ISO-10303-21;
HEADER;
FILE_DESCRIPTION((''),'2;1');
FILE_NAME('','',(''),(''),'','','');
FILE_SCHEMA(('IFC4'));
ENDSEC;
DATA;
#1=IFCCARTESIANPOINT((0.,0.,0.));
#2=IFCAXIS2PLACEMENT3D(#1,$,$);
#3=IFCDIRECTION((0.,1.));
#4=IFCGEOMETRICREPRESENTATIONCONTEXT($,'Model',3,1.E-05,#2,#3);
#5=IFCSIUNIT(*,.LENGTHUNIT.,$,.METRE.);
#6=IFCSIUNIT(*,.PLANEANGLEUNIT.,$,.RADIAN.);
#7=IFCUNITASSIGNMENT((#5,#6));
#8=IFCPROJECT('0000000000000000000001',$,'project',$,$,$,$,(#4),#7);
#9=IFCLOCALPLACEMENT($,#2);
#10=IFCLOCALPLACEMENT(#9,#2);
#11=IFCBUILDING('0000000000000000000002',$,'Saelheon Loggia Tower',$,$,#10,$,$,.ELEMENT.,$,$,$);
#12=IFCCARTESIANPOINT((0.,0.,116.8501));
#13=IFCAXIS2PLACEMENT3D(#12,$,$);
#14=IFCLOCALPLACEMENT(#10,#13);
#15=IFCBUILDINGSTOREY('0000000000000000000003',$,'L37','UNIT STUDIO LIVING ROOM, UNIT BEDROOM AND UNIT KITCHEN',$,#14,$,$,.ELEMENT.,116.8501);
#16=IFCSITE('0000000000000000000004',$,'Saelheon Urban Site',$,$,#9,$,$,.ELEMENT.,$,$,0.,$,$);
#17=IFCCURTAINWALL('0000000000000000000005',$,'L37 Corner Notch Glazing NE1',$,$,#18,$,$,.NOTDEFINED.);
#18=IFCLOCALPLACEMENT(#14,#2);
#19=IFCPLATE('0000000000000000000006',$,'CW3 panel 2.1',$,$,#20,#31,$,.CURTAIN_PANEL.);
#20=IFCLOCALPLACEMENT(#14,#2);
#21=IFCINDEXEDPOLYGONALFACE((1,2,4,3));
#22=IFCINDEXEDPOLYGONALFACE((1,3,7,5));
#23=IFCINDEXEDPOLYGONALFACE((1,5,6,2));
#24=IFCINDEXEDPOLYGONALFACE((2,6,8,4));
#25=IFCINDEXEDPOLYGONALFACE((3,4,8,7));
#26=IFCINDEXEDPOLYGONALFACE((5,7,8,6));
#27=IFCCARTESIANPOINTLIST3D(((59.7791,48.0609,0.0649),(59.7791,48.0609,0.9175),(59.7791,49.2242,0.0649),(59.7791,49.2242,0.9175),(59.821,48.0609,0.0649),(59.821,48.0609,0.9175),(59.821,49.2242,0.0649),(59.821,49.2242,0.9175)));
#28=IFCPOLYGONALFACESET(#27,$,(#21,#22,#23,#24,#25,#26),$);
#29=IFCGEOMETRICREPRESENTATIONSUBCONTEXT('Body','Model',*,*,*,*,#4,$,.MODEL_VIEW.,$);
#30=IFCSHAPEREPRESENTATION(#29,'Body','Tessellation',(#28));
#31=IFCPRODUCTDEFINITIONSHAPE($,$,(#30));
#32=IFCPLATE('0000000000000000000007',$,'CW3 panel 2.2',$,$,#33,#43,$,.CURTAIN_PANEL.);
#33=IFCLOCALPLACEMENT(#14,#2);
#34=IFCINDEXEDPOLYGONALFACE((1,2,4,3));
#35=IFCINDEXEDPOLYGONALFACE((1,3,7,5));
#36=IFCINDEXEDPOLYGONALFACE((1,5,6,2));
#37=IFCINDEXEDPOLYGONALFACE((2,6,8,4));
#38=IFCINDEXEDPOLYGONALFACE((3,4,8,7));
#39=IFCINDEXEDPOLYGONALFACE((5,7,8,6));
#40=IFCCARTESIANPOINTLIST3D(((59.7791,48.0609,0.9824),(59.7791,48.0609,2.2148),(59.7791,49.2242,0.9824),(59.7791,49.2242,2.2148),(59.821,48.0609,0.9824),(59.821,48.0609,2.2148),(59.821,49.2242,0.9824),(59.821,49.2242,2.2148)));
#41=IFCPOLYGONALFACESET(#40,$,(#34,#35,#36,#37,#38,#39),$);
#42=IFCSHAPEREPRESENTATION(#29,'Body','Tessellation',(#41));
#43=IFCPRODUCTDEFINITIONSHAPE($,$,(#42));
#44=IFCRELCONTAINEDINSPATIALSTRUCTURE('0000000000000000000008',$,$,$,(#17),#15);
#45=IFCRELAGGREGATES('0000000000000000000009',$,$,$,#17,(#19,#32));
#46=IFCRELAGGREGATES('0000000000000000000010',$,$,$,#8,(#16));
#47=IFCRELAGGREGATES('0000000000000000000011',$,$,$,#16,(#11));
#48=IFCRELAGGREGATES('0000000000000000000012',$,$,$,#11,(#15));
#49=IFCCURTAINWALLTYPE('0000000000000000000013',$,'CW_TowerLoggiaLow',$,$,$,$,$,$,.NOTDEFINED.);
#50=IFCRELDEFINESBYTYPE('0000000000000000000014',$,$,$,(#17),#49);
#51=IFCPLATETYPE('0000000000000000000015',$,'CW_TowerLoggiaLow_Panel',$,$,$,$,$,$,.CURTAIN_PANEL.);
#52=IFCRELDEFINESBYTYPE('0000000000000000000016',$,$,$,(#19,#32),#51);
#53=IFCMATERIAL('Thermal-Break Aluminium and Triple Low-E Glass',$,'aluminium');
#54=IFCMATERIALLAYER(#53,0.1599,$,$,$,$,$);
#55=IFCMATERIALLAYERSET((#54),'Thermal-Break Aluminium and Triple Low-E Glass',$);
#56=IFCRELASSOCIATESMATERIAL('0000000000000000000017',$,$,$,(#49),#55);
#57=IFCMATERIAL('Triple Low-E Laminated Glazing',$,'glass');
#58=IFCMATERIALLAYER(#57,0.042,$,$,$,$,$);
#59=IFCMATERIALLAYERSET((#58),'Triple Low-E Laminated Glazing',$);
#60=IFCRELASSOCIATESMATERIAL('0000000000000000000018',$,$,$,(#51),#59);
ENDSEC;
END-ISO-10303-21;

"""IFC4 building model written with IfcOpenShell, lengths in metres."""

from ifc_helpers import new_model, si_unit, direction, frame, origin, origin_2d, place, context, subcontext, project, spatial, rectangle, extrude, source, transform, mapped, material, layer, layer_set, type_object, element, aggregate, save


model = new_model("IFC4")

# Units and contexts
model_context = context("Model", 3, precision=1e-05, world=origin(), true_north=direction((0.0, 1.0)))
body_context = subcontext(model_context, "Body", "Model", "MODEL_VIEW")
ifc_project = project(units=[si_unit("LENGTHUNIT", "METRE"), si_unit("PLANEANGLEUNIT", "RADIAN")], contexts=[model_context])

# Site, building, storey
site_placement = place(None, origin())
site = spatial("IfcSite", under=ifc_project, at=site_placement, Name="Saelheon Urban Site", CompositionType="ELEMENT", RefElevation=0.0)
building_placement = place(site_placement, origin())
building = spatial("IfcBuilding", under=site, at=building_placement, Name="Saelheon Loggia Tower", CompositionType="ELEMENT")
storey_placement = place(building_placement, frame((0.0, 0.0, 116.8501)))
storey = spatial("IfcBuildingStorey", under=building, at=storey_placement, Name="L37", Description="UNIT STUDIO LIVING ROOM, UNIT BEDROOM AND UNIT KITCHEN", CompositionType="ELEMENT", Elevation=116.8501)

# Curtain wall
ifc_material_1 = material(Name="Thermal-Break Aluminium and Triple Low-E Glass", Category="aluminium")
ifc_layer_1 = layer(ifc_material_1, 0.1599)
ifc_layer_set_1 = layer_set([ifc_layer_1], Name="Thermal-Break Aluminium and Triple Low-E Glass")
curtain_wall_type = type_object("IfcCurtainWallType", Name="CW_TowerLoggiaLow", PredefinedType="NOTDEFINED", material=ifc_layer_set_1)
curtain_wall_1_placement = place(storey_placement, origin())
curtain_wall_1 = element("IfcCurtainWall", 1, at=curtain_wall_1_placement, inside=storey, type_object=curtain_wall_type, Name="L37 Corner Notch Glazing NE1", PredefinedType="NOTDEFINED")

# Plates
ifc_material_2 = material(Name="Triple Low-E Laminated Glazing", Category="glass")
ifc_layer_2 = layer(ifc_material_2, 0.042)
ifc_layer_set_2 = layer_set([ifc_layer_2], Name="Triple Low-E Laminated Glazing")
plate_type = type_object("IfcPlateType", Name="CW_TowerLoggiaLow_Panel", PredefinedType="CURTAIN_PANEL", material=ifc_layer_set_2)
shared_shape_1 = source(origin(), body_context, "Body", "SweptSolid", [
    extrude(rectangle(XDim=1.1633, YDim=0.042, at=origin_2d()), origin(), (0.0, 0.0, 1.0), 0.8525),
])
plate_1_placement = place(storey_placement, frame((59.8, 48.6426, 0.0649), z_axis=(0.0, 0.0, 1.0), x_axis=(0.0, 1.0, 0.0)))
plate_1 = element("IfcPlate", 2, at=plate_1_placement, type_object=plate_type, Name="CW3 panel 2.1", PredefinedType="CURTAIN_PANEL", context=body_context, shape_type="MappedRepresentation", body=[
    mapped(shared_shape_1, transform((0.0, 0.0, 0.0), scale=1.0)),
])
shared_shape_2 = source(origin(), body_context, "Body", "SweptSolid", [
    extrude(rectangle(XDim=1.1633, YDim=0.042, at=origin_2d()), origin(), (0.0, 0.0, 1.0), 1.2324),
])
plate_2_placement = place(storey_placement, frame((59.8, 48.6426, 0.9824), z_axis=(0.0, 0.0, 1.0), x_axis=(0.0, 1.0, 0.0)))
plate_2 = element("IfcPlate", 3, at=plate_2_placement, type_object=plate_type, Name="CW3 panel 2.2", PredefinedType="CURTAIN_PANEL", context=body_context, shape_type="MappedRepresentation", body=[
    mapped(shared_shape_2, transform((0.0, 0.0, 0.0), scale=1.0)),
])
aggregate(curtain_wall_1, [plate_1, plate_2])

save(model, "model.ifc")
